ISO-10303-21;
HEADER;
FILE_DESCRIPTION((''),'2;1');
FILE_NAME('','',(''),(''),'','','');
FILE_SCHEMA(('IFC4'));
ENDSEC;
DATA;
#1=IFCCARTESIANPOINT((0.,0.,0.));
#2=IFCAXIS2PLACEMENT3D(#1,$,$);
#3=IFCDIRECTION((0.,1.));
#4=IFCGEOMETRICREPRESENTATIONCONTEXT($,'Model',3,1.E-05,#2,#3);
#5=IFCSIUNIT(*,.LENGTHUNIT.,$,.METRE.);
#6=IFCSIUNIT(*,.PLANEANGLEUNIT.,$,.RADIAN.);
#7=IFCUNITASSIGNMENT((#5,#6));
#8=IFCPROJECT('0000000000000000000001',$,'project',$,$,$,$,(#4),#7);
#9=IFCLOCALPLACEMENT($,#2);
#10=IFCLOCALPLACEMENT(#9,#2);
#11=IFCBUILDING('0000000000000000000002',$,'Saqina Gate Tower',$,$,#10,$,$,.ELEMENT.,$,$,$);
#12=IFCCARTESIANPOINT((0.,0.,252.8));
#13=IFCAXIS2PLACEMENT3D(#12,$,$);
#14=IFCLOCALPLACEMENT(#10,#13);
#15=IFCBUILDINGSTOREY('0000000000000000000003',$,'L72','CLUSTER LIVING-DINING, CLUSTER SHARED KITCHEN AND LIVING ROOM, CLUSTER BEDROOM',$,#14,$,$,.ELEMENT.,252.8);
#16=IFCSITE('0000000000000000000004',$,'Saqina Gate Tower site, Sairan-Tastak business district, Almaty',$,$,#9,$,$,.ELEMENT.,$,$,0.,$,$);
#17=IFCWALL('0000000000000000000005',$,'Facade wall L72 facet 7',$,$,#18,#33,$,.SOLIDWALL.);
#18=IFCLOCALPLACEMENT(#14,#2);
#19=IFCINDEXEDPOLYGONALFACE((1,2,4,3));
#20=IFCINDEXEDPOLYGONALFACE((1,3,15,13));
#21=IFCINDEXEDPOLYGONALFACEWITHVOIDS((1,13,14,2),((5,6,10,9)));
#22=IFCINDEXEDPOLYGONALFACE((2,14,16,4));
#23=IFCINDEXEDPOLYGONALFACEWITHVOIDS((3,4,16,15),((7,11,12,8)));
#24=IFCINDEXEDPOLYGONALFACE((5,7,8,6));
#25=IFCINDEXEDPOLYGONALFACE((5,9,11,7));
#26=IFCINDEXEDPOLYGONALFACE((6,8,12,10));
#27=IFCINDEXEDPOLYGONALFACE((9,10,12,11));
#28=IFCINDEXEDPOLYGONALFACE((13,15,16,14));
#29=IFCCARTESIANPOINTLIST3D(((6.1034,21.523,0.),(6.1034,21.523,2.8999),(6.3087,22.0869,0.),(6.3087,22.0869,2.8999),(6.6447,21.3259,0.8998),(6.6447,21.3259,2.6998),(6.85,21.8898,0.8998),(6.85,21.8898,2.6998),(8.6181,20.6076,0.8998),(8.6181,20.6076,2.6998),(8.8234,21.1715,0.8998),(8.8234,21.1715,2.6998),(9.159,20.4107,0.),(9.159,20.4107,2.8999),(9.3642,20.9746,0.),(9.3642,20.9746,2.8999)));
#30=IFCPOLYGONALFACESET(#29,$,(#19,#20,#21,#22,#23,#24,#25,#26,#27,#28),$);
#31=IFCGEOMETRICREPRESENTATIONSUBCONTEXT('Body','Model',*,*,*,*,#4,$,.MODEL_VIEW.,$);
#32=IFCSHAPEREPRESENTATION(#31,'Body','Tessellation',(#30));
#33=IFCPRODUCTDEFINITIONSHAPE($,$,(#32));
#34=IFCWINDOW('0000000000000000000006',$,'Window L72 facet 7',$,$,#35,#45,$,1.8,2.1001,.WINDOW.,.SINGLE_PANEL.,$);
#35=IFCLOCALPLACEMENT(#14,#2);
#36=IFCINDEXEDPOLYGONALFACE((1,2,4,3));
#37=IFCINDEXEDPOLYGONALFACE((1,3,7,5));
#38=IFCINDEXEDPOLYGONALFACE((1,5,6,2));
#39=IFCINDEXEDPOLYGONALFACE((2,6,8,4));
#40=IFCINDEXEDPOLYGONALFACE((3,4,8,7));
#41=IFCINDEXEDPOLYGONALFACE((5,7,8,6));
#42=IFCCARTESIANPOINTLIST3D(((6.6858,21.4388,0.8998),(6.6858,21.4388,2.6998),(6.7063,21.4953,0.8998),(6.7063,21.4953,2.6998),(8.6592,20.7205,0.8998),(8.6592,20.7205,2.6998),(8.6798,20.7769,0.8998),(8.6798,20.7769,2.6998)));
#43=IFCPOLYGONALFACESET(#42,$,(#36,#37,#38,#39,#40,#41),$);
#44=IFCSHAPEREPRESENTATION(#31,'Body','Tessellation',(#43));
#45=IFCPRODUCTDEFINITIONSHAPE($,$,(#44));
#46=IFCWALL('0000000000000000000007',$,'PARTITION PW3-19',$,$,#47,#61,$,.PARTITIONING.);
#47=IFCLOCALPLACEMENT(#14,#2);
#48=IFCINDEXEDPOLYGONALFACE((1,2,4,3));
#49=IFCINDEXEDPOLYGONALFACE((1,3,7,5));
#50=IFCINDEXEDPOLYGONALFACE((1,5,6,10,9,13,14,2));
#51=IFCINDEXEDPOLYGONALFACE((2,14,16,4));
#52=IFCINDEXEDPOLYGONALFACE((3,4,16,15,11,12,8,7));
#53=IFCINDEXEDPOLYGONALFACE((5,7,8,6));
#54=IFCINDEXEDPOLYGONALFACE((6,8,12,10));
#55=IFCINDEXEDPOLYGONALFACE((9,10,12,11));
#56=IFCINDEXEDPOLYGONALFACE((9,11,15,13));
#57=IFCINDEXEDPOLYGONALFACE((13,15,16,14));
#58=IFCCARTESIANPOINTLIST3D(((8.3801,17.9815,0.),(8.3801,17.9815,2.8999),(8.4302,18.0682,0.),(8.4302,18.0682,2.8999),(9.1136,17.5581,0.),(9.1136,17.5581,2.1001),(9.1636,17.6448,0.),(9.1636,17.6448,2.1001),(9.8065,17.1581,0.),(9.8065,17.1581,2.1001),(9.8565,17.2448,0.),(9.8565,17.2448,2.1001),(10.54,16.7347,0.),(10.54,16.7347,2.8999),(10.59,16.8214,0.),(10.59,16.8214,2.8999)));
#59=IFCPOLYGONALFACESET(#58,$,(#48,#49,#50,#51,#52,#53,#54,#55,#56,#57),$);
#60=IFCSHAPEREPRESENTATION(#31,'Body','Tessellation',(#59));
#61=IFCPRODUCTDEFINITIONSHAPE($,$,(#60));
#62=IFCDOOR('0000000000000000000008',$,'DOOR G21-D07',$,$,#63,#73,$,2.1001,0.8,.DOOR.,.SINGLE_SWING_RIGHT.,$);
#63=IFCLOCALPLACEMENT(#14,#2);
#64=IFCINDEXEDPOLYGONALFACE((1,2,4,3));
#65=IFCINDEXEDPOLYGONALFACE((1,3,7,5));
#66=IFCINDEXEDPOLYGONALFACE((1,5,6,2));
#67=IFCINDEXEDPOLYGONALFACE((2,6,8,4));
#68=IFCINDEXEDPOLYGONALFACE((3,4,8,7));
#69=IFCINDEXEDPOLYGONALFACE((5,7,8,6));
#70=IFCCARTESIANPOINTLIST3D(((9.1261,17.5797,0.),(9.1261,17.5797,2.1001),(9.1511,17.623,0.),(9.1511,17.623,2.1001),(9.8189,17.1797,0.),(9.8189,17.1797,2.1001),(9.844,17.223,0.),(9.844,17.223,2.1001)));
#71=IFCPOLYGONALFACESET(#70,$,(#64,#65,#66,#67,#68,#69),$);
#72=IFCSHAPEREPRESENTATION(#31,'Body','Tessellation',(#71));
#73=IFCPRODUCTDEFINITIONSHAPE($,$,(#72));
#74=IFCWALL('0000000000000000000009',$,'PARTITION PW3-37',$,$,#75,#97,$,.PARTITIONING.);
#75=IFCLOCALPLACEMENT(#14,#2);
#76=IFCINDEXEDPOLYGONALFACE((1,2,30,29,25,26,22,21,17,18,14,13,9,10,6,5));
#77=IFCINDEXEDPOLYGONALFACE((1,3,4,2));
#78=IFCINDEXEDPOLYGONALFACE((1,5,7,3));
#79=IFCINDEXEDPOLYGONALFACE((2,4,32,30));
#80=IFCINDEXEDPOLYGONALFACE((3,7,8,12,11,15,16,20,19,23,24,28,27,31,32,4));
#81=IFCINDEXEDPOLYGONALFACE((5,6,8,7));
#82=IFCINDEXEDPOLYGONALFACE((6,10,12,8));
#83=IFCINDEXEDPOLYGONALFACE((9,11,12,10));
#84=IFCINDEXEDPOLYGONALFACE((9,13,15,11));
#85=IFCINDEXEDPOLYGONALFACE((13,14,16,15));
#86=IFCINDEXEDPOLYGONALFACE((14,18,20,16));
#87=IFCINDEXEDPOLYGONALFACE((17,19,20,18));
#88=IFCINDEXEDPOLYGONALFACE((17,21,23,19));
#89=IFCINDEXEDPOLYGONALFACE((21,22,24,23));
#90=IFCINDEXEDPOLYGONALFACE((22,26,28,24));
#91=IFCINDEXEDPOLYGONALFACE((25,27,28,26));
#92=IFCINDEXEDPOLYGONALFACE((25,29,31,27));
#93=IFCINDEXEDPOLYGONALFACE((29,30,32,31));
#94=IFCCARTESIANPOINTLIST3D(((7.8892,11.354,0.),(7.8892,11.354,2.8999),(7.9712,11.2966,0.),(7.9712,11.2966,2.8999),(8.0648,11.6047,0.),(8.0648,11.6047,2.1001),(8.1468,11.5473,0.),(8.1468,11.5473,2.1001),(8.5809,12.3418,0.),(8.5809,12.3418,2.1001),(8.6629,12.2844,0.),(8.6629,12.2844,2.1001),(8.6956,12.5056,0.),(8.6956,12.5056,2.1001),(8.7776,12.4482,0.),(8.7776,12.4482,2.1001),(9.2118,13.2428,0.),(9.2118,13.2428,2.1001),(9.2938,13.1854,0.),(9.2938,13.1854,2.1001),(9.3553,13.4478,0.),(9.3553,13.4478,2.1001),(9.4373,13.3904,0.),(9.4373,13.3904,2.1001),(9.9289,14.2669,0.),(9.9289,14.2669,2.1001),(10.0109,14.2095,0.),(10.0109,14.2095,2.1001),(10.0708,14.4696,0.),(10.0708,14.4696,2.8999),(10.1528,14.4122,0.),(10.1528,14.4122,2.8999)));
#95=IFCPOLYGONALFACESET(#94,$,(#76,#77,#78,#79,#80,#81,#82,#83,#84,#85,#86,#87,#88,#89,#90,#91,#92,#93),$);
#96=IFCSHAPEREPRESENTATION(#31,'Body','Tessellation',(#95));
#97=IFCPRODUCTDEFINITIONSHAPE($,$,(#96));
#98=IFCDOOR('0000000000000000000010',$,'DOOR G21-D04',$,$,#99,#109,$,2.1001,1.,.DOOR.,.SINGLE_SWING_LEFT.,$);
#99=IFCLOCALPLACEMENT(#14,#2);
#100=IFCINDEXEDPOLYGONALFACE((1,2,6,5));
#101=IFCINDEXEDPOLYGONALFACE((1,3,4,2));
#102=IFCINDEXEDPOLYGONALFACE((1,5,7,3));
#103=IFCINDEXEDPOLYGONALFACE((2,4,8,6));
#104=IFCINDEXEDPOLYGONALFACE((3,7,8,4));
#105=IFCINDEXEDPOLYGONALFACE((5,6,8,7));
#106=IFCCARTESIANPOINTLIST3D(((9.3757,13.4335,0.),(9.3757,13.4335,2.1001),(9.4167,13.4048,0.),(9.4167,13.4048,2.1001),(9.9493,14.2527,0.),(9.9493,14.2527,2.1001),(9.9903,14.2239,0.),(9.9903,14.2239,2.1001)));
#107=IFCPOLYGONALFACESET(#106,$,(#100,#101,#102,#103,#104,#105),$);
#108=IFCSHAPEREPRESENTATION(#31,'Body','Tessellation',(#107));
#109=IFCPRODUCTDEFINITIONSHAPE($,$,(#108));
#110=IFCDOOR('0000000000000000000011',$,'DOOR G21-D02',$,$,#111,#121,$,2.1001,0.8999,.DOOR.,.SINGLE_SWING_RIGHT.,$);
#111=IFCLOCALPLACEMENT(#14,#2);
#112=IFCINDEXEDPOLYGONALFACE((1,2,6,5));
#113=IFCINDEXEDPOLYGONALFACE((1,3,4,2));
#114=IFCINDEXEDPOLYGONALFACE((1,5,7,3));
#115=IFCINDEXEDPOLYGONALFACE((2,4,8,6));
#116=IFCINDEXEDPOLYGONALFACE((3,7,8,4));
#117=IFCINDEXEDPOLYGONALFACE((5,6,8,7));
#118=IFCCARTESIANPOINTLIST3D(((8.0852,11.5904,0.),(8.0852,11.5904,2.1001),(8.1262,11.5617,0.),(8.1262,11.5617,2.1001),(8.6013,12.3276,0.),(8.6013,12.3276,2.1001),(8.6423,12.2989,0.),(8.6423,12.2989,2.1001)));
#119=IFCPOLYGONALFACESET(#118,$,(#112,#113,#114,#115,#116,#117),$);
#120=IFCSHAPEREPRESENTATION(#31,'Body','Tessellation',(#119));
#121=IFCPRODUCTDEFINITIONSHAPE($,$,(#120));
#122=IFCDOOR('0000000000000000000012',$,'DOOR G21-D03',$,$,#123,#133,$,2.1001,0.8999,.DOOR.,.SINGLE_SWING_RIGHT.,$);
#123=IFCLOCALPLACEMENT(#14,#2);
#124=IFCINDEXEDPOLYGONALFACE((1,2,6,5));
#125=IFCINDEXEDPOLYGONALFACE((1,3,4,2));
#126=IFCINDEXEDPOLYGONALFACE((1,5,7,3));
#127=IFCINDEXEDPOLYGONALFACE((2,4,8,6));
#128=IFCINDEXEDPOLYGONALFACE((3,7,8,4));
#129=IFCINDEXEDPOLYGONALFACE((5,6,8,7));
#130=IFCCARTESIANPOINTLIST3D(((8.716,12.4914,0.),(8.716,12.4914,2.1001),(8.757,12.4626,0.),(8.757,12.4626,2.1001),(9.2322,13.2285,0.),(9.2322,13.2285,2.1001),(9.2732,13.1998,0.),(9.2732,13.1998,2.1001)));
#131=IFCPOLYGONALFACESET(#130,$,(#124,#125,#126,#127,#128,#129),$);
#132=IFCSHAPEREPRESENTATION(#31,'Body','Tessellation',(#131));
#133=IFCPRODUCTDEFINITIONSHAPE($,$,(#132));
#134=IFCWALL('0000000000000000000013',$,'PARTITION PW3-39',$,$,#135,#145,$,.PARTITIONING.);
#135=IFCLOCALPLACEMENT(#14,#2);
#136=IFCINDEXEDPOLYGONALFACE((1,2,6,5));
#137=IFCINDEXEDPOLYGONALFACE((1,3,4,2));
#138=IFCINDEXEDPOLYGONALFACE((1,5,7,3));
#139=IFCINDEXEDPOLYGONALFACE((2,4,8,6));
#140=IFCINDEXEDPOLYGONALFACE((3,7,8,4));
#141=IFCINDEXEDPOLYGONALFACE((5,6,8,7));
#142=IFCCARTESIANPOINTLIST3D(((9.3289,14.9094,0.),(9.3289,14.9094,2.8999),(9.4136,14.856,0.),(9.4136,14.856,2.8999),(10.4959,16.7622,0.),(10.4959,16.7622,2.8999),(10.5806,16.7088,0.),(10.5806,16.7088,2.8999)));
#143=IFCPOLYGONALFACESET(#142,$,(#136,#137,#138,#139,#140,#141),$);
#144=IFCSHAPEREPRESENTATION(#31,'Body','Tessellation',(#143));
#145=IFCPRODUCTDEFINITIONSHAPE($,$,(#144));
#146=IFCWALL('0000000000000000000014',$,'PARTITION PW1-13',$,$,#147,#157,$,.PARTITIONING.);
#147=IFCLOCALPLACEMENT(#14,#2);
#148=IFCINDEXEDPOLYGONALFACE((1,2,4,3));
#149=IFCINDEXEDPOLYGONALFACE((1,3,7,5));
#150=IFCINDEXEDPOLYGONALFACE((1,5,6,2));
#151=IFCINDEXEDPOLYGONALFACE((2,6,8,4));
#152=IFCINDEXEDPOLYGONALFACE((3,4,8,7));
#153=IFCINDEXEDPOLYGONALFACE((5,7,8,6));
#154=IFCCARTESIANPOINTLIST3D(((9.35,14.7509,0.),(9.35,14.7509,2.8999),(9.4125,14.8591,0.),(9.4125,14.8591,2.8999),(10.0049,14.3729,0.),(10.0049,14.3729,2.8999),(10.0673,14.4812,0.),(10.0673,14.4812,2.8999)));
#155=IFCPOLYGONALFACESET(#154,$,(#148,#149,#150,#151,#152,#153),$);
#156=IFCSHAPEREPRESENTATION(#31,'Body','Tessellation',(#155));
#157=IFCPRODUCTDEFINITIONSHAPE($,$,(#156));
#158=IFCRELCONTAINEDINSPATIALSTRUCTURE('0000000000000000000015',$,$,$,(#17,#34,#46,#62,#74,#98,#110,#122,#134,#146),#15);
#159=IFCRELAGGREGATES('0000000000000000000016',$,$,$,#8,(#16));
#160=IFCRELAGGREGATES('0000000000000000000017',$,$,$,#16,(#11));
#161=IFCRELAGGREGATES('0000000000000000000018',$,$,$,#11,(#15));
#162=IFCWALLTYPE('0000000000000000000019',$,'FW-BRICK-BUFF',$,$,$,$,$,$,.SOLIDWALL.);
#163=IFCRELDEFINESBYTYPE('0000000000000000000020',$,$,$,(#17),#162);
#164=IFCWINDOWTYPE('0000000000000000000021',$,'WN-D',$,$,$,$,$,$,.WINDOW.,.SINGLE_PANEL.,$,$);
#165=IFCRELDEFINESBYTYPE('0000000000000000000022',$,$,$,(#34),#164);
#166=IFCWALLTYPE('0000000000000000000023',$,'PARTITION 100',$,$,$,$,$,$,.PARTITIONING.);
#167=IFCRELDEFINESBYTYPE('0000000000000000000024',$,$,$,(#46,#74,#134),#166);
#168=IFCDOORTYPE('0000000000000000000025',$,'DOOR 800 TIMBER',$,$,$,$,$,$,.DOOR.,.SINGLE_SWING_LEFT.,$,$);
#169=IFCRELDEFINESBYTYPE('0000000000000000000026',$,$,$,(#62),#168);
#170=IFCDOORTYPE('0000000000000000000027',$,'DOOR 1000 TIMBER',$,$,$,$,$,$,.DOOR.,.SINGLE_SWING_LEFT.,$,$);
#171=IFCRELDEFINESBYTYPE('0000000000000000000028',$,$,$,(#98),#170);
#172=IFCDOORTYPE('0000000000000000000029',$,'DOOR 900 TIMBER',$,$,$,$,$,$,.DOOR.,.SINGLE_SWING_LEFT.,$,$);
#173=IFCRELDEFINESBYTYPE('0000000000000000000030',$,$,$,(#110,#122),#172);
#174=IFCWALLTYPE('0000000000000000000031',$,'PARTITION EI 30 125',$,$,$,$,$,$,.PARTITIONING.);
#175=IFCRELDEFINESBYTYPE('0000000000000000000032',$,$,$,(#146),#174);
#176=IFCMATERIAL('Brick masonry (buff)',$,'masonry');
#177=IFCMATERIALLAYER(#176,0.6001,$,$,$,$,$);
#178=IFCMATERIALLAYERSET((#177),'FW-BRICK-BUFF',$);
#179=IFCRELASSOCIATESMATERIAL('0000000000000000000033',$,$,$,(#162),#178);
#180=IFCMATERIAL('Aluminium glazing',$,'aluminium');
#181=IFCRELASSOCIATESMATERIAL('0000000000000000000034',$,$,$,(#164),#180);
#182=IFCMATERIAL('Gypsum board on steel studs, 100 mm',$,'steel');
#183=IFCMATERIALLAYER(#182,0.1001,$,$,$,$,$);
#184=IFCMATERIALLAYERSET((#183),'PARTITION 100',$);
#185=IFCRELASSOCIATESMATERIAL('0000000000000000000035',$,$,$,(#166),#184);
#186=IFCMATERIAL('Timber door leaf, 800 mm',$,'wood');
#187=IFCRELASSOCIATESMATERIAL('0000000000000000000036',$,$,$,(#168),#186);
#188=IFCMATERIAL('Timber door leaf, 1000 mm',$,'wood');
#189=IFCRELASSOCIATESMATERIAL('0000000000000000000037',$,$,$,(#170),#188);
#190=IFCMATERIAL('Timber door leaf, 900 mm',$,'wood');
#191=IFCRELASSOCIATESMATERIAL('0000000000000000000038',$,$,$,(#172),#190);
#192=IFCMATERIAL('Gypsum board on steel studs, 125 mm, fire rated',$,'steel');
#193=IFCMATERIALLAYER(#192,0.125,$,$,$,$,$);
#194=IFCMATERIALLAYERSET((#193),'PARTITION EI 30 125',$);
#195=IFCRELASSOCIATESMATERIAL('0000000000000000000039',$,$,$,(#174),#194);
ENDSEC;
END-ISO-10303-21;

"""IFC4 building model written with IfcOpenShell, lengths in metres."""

from ifc_helpers import new_model, si_unit, direction, frame, frame_2d, origin, place, context, subcontext, project, spatial, rectangle, extrude, material, layer, layer_set, type_object, element, fill, save


model = new_model("IFC4")

# Units and contexts
model_context = context("Model", 3, precision=1e-05, world=origin(), true_north=direction((0.0, 1.0)))
body_context = subcontext(model_context, "Body", "Model", "MODEL_VIEW")
ifc_project = project(units=[si_unit("LENGTHUNIT", "METRE"), si_unit("PLANEANGLEUNIT", "RADIAN")], contexts=[model_context])

# Site, building, storey
site_placement = place(None, origin())
site = spatial("IfcSite", under=ifc_project, at=site_placement, Name="Saqina Gate Tower site, Sairan-Tastak business district, Almaty", CompositionType="ELEMENT", RefElevation=0.0)
building_placement = place(site_placement, origin())
building = spatial("IfcBuilding", under=site, at=building_placement, Name="Saqina Gate Tower", CompositionType="ELEMENT")
storey_placement = place(building_placement, frame((0.0, 0.0, 252.8)))
storey = spatial("IfcBuildingStorey", under=building, at=storey_placement, Name="L72", Description="CLUSTER LIVING-DINING, CLUSTER SHARED KITCHEN AND LIVING ROOM, CLUSTER BEDROOM", CompositionType="ELEMENT", Elevation=252.8)

# Wall, opening, window
ifc_material_1 = material(Name="Brick masonry (buff)", Category="masonry")
ifc_layer_1 = layer(ifc_material_1, 0.6001)
ifc_layer_set_1 = layer_set([ifc_layer_1], Name="FW-BRICK-BUFF")
wall_type_1 = type_object("IfcWallType", Name="FW-BRICK-BUFF", PredefinedType="SOLIDWALL", material=ifc_layer_set_1)
ifc_material_2 = material(Name="Aluminium glazing", Category="aluminium")
window_type = type_object("IfcWindowType", Name="WN-D", PartitioningType="SINGLE_PANEL", PredefinedType="WINDOW", material=ifc_material_2)
wall_1_placement = place(storey_placement, frame((9.2617, 20.6926, 0.0), z_axis=(0.0, 0.0, 1.0), x_axis=(-0.939679, 0.342057, 0.0)))
wall_1 = element("IfcWall", 1, at=wall_1_placement, inside=storey, type_object=wall_type_1, Name="Facade wall L72 facet 7", PredefinedType="SOLIDWALL", context=body_context, shape_type="SweptSolid", body=[
    extrude(rectangle(XDim=3.2517, YDim=0.6001, at=frame_2d((1.626, 0.0))), origin(), (0.0, 0.0, 1.0), 2.8999),
])
opening_1_placement = place(wall_1_placement, frame((0.5757, 0.0, 0.8999)))
opening_1 = element("IfcOpeningElement", 2, at=opening_1_placement, cuts=wall_1, PredefinedType="OPENING", context=body_context, shape_type="SweptSolid", body=[
    extrude(rectangle(XDim=2.1001, YDim=1.8, at=frame_2d((1.05, 0.8999))), frame((0.0, 0.312, 0.0), z_axis=(0.0, -1.0, 0.0), x_axis=(1.0, 0.0, 0.0)), (0.0, 0.0, 1.0), 0.624),
])
window_1_placement = place(opening_1_placement, origin())
window_1 = element("IfcWindow", 3, at=window_1_placement, inside=storey, type_object=window_type, Name="Window L72 facet 7", OverallHeight=1.8, OverallWidth=2.1001, PartitioningType="SINGLE_PANEL", PredefinedType="WINDOW", context=body_context, shape_type="SweptSolid", body=[
    extrude(rectangle(XDim=2.1001, YDim=1.8, at=frame_2d((1.05, 0.8999))), frame((0.0, 0.1799, 0.0), z_axis=(0.0, -1.0, 0.0), x_axis=(1.0, 0.0, 0.0)), (0.0, 0.0, 1.0), 0.0601),
])
fill(opening_1, window_1)

# Wall, opening, door
ifc_material_3 = material(Name="Gypsum board on steel studs, 100 mm", Category="steel")
ifc_layer_2 = layer(ifc_material_3, 0.1001)
ifc_layer_set_2 = layer_set([ifc_layer_2], Name="PARTITION 100")
wall_type_2 = type_object("IfcWallType", Name="PARTITION 100", PredefinedType="PARTITIONING", material=ifc_layer_set_2)
wall_2_placement = place(storey_placement, frame((8.405, 18.0249, 0.0), z_axis=(0.0, 0.0, 1.0), x_axis=(0.86606, -0.49994, 0.0)))
wall_2 = element("IfcWall", 4, at=wall_2_placement, inside=storey, type_object=wall_type_2, Name="PARTITION PW3-19", PredefinedType="PARTITIONING", context=body_context, shape_type="SweptSolid", body=[
    extrude(rectangle(XDim=2.4939, YDim=0.1001, at=frame_2d((1.2471, 0.0))), origin(), (0.0, 0.0, 1.0), 2.8999),
])
opening_2_placement = place(wall_2_placement, frame((0.8472, 0.0, 0.0)))
opening_2 = element("IfcOpeningElement", 5, at=opening_2_placement, cuts=wall_2, PredefinedType="OPENING", context=body_context, shape_type="SweptSolid", body=[
    extrude(rectangle(XDim=0.8, YDim=2.1001, at=frame_2d((0.3999, 1.05))), frame((0.0, 0.062, 0.0), z_axis=(0.0, -1.0, 0.0), x_axis=(1.0, 0.0, 0.0)), (0.0, 0.0, 1.0), 0.124),
])
ifc_material_4 = material(Name="Timber door leaf, 800 mm", Category="wood")
door_type_1 = type_object("IfcDoorType", Name="DOOR 800 TIMBER", OperationType="SINGLE_SWING_LEFT", PredefinedType="DOOR", material=ifc_material_4)
door_1_placement = place(opening_2_placement, origin())
door_1 = element("IfcDoor", 6, at=door_1_placement, inside=storey, type_object=door_type_1, Name="DOOR G21-D07", OperationType="SINGLE_SWING_RIGHT", OverallHeight=2.1001, OverallWidth=0.8, PredefinedType="DOOR", context=body_context, shape_type="SweptSolid", body=[
    extrude(rectangle(XDim=0.8, YDim=2.1001, at=frame_2d((0.3999, 1.05))), frame((0.0, 0.0249, 0.0), z_axis=(0.0, -1.0, 0.0), x_axis=(1.0, 0.0, 0.0)), (0.0, 0.0, 1.0), 0.05),
])
fill(opening_2, door_1)

# Wall, openings, doors
wall_3_placement = place(storey_placement, frame((7.9302, 11.3252, 0.0), z_axis=(0.0, 0.0, 1.0), x_axis=(0.573574, 0.819154, 0.0)))
wall_3 = element("IfcWall", 7, at=wall_3_placement, inside=storey, type_object=wall_type_2, Name="PARTITION PW3-37", PredefinedType="PARTITIONING", context=body_context, shape_type="SweptSolid", body=[
    extrude(rectangle(XDim=3.8035, YDim=0.1001, at=frame_2d((1.9019, 0.0))), origin(), (0.0, 0.0, 1.0), 2.8999),
])
opening_3_placement = place(wall_3_placement, frame((0.3062, 0.0, 0.0)))
opening_3 = element("IfcOpeningElement", 8, at=opening_3_placement, cuts=wall_3, PredefinedType="OPENING", context=body_context, shape_type="SweptSolid", body=[
    extrude(rectangle(XDim=0.8999, YDim=2.1001, at=frame_2d((0.45, 1.05))), frame((0.0, 0.062, 0.0), z_axis=(0.0, -1.0, 0.0), x_axis=(1.0, 0.0, 0.0)), (0.0, 0.0, 1.0), 0.124),
])
opening_4_placement = place(wall_3_placement, frame((1.406, 0.0, 0.0)))
opening_4 = element("IfcOpeningElement", 9, at=opening_4_placement, cuts=wall_3, PredefinedType="OPENING", context=body_context, shape_type="SweptSolid", body=[
    extrude(rectangle(XDim=0.8999, YDim=2.1001, at=frame_2d((0.45, 1.05))), frame((0.0, 0.062, 0.0), z_axis=(0.0, -1.0, 0.0), x_axis=(1.0, 0.0, 0.0)), (0.0, 0.0, 1.0), 0.124),
])
opening_5_placement = place(wall_3_placement, frame((2.5562, 0.0, 0.0)))
opening_5 = element("IfcOpeningElement", 10, at=opening_5_placement, cuts=wall_3, PredefinedType="OPENING", context=body_context, shape_type="SweptSolid", body=[
    extrude(rectangle(XDim=1.0, YDim=2.1001, at=frame_2d((0.5, 1.05))), frame((0.0, 0.062, 0.0), z_axis=(0.0, -1.0, 0.0), x_axis=(1.0, 0.0, 0.0)), (0.0, 0.0, 1.0), 0.124),
])
ifc_material_5 = material(Name="Timber door leaf, 1000 mm", Category="wood")
door_type_2 = type_object("IfcDoorType", Name="DOOR 1000 TIMBER", OperationType="SINGLE_SWING_LEFT", PredefinedType="DOOR", material=ifc_material_5)
door_2_placement = place(opening_5_placement, frame((1.0, 0.0, 0.0), z_axis=(0.0, 0.0, 1.0), x_axis=(-1.0, 0.0, 0.0)))
door_2 = element("IfcDoor", 11, at=door_2_placement, inside=storey, type_object=door_type_2, Name="DOOR G21-D04", OperationType="SINGLE_SWING_LEFT", OverallHeight=2.1001, OverallWidth=1.0, PredefinedType="DOOR", context=body_context, shape_type="SweptSolid", body=[
    extrude(rectangle(XDim=1.0, YDim=2.1001, at=frame_2d((0.5, 1.05))), frame((0.0, 0.0249, 0.0), z_axis=(0.0, -1.0, 0.0), x_axis=(1.0, 0.0, 0.0)), (0.0, 0.0, 1.0), 0.05),
])
fill(opening_5, door_2)
ifc_material_6 = material(Name="Timber door leaf, 900 mm", Category="wood")
door_type_3 = type_object("IfcDoorType", Name="DOOR 900 TIMBER", OperationType="SINGLE_SWING_LEFT", PredefinedType="DOOR", material=ifc_material_6)
door_3_placement = place(opening_3_placement, frame((0.8999, 0.0, 0.0), z_axis=(0.0, 0.0, 1.0), x_axis=(-1.0, 0.0, 0.0)))
door_3 = element("IfcDoor", 12, at=door_3_placement, inside=storey, type_object=door_type_3, Name="DOOR G21-D02", OperationType="SINGLE_SWING_RIGHT", OverallHeight=2.1001, OverallWidth=0.8999, PredefinedType="DOOR", context=body_context, shape_type="SweptSolid", body=[
    extrude(rectangle(XDim=0.8999, YDim=2.1001, at=frame_2d((0.45, 1.05))), frame((0.0, 0.0249, 0.0), z_axis=(0.0, -1.0, 0.0), x_axis=(1.0, 0.0, 0.0)), (0.0, 0.0, 1.0), 0.05),
])
fill(opening_3, door_3)
door_4_placement = place(opening_4_placement, frame((0.8999, 0.0, 0.0), z_axis=(0.0, 0.0, 1.0), x_axis=(-1.0, 0.0, 0.0)))
door_4 = element("IfcDoor", 13, at=door_4_placement, inside=storey, type_object=door_type_3, Name="DOOR G21-D03", OperationType="SINGLE_SWING_RIGHT", OverallHeight=2.1001, OverallWidth=0.8999, PredefinedType="DOOR", context=body_context, shape_type="SweptSolid", body=[
    extrude(rectangle(XDim=0.8999, YDim=2.1001, at=frame_2d((0.45, 1.05))), frame((0.0, 0.0249, 0.0), z_axis=(0.0, -1.0, 0.0), x_axis=(1.0, 0.0, 0.0)), (0.0, 0.0, 1.0), 0.05),
])
fill(opening_4, door_4)

# Walls
wall_4_placement = place(storey_placement, frame((9.3713, 14.8828, 0.0), z_axis=(0.0, 0.0, 1.0), x_axis=(0.532952, 0.846145, 0.0)))
element("IfcWall", 14, at=wall_4_placement, inside=storey, type_object=wall_type_2, Name="PARTITION PW3-39", PredefinedType="PARTITIONING", context=body_context, shape_type="SweptSolid", body=[
    extrude(rectangle(XDim=2.1897, YDim=0.1001, at=frame_2d((1.0947, 0.0))), origin(), (0.0, 0.0, 1.0), 2.8999),
])
ifc_material_7 = material(Name="Gypsum board on steel studs, 125 mm, fire rated", Category="steel")
ifc_layer_3 = layer(ifc_material_7, 0.125)
ifc_layer_set_3 = layer_set([ifc_layer_3], Name="PARTITION EI 30 125")
wall_type_3 = type_object("IfcWallType", Name="PARTITION EI 30 125", PredefinedType="PARTITIONING", material=ifc_layer_set_3)
wall_5_placement = place(storey_placement, frame((9.3813, 14.8049, 0.0), z_axis=(0.0, 0.0, 1.0), x_axis=(0.866089, -0.49989, 0.0)))
element("IfcWall", 15, at=wall_5_placement, inside=storey, type_object=wall_type_3, Name="PARTITION PW1-13", PredefinedType="PARTITIONING", context=body_context, shape_type="SweptSolid", body=[
    extrude(rectangle(XDim=0.7561, YDim=0.125, at=frame_2d((0.3779, 0.0))), origin(), (0.0, 0.0, 1.0), 2.8999),
])

save(model, "model.ifc")
